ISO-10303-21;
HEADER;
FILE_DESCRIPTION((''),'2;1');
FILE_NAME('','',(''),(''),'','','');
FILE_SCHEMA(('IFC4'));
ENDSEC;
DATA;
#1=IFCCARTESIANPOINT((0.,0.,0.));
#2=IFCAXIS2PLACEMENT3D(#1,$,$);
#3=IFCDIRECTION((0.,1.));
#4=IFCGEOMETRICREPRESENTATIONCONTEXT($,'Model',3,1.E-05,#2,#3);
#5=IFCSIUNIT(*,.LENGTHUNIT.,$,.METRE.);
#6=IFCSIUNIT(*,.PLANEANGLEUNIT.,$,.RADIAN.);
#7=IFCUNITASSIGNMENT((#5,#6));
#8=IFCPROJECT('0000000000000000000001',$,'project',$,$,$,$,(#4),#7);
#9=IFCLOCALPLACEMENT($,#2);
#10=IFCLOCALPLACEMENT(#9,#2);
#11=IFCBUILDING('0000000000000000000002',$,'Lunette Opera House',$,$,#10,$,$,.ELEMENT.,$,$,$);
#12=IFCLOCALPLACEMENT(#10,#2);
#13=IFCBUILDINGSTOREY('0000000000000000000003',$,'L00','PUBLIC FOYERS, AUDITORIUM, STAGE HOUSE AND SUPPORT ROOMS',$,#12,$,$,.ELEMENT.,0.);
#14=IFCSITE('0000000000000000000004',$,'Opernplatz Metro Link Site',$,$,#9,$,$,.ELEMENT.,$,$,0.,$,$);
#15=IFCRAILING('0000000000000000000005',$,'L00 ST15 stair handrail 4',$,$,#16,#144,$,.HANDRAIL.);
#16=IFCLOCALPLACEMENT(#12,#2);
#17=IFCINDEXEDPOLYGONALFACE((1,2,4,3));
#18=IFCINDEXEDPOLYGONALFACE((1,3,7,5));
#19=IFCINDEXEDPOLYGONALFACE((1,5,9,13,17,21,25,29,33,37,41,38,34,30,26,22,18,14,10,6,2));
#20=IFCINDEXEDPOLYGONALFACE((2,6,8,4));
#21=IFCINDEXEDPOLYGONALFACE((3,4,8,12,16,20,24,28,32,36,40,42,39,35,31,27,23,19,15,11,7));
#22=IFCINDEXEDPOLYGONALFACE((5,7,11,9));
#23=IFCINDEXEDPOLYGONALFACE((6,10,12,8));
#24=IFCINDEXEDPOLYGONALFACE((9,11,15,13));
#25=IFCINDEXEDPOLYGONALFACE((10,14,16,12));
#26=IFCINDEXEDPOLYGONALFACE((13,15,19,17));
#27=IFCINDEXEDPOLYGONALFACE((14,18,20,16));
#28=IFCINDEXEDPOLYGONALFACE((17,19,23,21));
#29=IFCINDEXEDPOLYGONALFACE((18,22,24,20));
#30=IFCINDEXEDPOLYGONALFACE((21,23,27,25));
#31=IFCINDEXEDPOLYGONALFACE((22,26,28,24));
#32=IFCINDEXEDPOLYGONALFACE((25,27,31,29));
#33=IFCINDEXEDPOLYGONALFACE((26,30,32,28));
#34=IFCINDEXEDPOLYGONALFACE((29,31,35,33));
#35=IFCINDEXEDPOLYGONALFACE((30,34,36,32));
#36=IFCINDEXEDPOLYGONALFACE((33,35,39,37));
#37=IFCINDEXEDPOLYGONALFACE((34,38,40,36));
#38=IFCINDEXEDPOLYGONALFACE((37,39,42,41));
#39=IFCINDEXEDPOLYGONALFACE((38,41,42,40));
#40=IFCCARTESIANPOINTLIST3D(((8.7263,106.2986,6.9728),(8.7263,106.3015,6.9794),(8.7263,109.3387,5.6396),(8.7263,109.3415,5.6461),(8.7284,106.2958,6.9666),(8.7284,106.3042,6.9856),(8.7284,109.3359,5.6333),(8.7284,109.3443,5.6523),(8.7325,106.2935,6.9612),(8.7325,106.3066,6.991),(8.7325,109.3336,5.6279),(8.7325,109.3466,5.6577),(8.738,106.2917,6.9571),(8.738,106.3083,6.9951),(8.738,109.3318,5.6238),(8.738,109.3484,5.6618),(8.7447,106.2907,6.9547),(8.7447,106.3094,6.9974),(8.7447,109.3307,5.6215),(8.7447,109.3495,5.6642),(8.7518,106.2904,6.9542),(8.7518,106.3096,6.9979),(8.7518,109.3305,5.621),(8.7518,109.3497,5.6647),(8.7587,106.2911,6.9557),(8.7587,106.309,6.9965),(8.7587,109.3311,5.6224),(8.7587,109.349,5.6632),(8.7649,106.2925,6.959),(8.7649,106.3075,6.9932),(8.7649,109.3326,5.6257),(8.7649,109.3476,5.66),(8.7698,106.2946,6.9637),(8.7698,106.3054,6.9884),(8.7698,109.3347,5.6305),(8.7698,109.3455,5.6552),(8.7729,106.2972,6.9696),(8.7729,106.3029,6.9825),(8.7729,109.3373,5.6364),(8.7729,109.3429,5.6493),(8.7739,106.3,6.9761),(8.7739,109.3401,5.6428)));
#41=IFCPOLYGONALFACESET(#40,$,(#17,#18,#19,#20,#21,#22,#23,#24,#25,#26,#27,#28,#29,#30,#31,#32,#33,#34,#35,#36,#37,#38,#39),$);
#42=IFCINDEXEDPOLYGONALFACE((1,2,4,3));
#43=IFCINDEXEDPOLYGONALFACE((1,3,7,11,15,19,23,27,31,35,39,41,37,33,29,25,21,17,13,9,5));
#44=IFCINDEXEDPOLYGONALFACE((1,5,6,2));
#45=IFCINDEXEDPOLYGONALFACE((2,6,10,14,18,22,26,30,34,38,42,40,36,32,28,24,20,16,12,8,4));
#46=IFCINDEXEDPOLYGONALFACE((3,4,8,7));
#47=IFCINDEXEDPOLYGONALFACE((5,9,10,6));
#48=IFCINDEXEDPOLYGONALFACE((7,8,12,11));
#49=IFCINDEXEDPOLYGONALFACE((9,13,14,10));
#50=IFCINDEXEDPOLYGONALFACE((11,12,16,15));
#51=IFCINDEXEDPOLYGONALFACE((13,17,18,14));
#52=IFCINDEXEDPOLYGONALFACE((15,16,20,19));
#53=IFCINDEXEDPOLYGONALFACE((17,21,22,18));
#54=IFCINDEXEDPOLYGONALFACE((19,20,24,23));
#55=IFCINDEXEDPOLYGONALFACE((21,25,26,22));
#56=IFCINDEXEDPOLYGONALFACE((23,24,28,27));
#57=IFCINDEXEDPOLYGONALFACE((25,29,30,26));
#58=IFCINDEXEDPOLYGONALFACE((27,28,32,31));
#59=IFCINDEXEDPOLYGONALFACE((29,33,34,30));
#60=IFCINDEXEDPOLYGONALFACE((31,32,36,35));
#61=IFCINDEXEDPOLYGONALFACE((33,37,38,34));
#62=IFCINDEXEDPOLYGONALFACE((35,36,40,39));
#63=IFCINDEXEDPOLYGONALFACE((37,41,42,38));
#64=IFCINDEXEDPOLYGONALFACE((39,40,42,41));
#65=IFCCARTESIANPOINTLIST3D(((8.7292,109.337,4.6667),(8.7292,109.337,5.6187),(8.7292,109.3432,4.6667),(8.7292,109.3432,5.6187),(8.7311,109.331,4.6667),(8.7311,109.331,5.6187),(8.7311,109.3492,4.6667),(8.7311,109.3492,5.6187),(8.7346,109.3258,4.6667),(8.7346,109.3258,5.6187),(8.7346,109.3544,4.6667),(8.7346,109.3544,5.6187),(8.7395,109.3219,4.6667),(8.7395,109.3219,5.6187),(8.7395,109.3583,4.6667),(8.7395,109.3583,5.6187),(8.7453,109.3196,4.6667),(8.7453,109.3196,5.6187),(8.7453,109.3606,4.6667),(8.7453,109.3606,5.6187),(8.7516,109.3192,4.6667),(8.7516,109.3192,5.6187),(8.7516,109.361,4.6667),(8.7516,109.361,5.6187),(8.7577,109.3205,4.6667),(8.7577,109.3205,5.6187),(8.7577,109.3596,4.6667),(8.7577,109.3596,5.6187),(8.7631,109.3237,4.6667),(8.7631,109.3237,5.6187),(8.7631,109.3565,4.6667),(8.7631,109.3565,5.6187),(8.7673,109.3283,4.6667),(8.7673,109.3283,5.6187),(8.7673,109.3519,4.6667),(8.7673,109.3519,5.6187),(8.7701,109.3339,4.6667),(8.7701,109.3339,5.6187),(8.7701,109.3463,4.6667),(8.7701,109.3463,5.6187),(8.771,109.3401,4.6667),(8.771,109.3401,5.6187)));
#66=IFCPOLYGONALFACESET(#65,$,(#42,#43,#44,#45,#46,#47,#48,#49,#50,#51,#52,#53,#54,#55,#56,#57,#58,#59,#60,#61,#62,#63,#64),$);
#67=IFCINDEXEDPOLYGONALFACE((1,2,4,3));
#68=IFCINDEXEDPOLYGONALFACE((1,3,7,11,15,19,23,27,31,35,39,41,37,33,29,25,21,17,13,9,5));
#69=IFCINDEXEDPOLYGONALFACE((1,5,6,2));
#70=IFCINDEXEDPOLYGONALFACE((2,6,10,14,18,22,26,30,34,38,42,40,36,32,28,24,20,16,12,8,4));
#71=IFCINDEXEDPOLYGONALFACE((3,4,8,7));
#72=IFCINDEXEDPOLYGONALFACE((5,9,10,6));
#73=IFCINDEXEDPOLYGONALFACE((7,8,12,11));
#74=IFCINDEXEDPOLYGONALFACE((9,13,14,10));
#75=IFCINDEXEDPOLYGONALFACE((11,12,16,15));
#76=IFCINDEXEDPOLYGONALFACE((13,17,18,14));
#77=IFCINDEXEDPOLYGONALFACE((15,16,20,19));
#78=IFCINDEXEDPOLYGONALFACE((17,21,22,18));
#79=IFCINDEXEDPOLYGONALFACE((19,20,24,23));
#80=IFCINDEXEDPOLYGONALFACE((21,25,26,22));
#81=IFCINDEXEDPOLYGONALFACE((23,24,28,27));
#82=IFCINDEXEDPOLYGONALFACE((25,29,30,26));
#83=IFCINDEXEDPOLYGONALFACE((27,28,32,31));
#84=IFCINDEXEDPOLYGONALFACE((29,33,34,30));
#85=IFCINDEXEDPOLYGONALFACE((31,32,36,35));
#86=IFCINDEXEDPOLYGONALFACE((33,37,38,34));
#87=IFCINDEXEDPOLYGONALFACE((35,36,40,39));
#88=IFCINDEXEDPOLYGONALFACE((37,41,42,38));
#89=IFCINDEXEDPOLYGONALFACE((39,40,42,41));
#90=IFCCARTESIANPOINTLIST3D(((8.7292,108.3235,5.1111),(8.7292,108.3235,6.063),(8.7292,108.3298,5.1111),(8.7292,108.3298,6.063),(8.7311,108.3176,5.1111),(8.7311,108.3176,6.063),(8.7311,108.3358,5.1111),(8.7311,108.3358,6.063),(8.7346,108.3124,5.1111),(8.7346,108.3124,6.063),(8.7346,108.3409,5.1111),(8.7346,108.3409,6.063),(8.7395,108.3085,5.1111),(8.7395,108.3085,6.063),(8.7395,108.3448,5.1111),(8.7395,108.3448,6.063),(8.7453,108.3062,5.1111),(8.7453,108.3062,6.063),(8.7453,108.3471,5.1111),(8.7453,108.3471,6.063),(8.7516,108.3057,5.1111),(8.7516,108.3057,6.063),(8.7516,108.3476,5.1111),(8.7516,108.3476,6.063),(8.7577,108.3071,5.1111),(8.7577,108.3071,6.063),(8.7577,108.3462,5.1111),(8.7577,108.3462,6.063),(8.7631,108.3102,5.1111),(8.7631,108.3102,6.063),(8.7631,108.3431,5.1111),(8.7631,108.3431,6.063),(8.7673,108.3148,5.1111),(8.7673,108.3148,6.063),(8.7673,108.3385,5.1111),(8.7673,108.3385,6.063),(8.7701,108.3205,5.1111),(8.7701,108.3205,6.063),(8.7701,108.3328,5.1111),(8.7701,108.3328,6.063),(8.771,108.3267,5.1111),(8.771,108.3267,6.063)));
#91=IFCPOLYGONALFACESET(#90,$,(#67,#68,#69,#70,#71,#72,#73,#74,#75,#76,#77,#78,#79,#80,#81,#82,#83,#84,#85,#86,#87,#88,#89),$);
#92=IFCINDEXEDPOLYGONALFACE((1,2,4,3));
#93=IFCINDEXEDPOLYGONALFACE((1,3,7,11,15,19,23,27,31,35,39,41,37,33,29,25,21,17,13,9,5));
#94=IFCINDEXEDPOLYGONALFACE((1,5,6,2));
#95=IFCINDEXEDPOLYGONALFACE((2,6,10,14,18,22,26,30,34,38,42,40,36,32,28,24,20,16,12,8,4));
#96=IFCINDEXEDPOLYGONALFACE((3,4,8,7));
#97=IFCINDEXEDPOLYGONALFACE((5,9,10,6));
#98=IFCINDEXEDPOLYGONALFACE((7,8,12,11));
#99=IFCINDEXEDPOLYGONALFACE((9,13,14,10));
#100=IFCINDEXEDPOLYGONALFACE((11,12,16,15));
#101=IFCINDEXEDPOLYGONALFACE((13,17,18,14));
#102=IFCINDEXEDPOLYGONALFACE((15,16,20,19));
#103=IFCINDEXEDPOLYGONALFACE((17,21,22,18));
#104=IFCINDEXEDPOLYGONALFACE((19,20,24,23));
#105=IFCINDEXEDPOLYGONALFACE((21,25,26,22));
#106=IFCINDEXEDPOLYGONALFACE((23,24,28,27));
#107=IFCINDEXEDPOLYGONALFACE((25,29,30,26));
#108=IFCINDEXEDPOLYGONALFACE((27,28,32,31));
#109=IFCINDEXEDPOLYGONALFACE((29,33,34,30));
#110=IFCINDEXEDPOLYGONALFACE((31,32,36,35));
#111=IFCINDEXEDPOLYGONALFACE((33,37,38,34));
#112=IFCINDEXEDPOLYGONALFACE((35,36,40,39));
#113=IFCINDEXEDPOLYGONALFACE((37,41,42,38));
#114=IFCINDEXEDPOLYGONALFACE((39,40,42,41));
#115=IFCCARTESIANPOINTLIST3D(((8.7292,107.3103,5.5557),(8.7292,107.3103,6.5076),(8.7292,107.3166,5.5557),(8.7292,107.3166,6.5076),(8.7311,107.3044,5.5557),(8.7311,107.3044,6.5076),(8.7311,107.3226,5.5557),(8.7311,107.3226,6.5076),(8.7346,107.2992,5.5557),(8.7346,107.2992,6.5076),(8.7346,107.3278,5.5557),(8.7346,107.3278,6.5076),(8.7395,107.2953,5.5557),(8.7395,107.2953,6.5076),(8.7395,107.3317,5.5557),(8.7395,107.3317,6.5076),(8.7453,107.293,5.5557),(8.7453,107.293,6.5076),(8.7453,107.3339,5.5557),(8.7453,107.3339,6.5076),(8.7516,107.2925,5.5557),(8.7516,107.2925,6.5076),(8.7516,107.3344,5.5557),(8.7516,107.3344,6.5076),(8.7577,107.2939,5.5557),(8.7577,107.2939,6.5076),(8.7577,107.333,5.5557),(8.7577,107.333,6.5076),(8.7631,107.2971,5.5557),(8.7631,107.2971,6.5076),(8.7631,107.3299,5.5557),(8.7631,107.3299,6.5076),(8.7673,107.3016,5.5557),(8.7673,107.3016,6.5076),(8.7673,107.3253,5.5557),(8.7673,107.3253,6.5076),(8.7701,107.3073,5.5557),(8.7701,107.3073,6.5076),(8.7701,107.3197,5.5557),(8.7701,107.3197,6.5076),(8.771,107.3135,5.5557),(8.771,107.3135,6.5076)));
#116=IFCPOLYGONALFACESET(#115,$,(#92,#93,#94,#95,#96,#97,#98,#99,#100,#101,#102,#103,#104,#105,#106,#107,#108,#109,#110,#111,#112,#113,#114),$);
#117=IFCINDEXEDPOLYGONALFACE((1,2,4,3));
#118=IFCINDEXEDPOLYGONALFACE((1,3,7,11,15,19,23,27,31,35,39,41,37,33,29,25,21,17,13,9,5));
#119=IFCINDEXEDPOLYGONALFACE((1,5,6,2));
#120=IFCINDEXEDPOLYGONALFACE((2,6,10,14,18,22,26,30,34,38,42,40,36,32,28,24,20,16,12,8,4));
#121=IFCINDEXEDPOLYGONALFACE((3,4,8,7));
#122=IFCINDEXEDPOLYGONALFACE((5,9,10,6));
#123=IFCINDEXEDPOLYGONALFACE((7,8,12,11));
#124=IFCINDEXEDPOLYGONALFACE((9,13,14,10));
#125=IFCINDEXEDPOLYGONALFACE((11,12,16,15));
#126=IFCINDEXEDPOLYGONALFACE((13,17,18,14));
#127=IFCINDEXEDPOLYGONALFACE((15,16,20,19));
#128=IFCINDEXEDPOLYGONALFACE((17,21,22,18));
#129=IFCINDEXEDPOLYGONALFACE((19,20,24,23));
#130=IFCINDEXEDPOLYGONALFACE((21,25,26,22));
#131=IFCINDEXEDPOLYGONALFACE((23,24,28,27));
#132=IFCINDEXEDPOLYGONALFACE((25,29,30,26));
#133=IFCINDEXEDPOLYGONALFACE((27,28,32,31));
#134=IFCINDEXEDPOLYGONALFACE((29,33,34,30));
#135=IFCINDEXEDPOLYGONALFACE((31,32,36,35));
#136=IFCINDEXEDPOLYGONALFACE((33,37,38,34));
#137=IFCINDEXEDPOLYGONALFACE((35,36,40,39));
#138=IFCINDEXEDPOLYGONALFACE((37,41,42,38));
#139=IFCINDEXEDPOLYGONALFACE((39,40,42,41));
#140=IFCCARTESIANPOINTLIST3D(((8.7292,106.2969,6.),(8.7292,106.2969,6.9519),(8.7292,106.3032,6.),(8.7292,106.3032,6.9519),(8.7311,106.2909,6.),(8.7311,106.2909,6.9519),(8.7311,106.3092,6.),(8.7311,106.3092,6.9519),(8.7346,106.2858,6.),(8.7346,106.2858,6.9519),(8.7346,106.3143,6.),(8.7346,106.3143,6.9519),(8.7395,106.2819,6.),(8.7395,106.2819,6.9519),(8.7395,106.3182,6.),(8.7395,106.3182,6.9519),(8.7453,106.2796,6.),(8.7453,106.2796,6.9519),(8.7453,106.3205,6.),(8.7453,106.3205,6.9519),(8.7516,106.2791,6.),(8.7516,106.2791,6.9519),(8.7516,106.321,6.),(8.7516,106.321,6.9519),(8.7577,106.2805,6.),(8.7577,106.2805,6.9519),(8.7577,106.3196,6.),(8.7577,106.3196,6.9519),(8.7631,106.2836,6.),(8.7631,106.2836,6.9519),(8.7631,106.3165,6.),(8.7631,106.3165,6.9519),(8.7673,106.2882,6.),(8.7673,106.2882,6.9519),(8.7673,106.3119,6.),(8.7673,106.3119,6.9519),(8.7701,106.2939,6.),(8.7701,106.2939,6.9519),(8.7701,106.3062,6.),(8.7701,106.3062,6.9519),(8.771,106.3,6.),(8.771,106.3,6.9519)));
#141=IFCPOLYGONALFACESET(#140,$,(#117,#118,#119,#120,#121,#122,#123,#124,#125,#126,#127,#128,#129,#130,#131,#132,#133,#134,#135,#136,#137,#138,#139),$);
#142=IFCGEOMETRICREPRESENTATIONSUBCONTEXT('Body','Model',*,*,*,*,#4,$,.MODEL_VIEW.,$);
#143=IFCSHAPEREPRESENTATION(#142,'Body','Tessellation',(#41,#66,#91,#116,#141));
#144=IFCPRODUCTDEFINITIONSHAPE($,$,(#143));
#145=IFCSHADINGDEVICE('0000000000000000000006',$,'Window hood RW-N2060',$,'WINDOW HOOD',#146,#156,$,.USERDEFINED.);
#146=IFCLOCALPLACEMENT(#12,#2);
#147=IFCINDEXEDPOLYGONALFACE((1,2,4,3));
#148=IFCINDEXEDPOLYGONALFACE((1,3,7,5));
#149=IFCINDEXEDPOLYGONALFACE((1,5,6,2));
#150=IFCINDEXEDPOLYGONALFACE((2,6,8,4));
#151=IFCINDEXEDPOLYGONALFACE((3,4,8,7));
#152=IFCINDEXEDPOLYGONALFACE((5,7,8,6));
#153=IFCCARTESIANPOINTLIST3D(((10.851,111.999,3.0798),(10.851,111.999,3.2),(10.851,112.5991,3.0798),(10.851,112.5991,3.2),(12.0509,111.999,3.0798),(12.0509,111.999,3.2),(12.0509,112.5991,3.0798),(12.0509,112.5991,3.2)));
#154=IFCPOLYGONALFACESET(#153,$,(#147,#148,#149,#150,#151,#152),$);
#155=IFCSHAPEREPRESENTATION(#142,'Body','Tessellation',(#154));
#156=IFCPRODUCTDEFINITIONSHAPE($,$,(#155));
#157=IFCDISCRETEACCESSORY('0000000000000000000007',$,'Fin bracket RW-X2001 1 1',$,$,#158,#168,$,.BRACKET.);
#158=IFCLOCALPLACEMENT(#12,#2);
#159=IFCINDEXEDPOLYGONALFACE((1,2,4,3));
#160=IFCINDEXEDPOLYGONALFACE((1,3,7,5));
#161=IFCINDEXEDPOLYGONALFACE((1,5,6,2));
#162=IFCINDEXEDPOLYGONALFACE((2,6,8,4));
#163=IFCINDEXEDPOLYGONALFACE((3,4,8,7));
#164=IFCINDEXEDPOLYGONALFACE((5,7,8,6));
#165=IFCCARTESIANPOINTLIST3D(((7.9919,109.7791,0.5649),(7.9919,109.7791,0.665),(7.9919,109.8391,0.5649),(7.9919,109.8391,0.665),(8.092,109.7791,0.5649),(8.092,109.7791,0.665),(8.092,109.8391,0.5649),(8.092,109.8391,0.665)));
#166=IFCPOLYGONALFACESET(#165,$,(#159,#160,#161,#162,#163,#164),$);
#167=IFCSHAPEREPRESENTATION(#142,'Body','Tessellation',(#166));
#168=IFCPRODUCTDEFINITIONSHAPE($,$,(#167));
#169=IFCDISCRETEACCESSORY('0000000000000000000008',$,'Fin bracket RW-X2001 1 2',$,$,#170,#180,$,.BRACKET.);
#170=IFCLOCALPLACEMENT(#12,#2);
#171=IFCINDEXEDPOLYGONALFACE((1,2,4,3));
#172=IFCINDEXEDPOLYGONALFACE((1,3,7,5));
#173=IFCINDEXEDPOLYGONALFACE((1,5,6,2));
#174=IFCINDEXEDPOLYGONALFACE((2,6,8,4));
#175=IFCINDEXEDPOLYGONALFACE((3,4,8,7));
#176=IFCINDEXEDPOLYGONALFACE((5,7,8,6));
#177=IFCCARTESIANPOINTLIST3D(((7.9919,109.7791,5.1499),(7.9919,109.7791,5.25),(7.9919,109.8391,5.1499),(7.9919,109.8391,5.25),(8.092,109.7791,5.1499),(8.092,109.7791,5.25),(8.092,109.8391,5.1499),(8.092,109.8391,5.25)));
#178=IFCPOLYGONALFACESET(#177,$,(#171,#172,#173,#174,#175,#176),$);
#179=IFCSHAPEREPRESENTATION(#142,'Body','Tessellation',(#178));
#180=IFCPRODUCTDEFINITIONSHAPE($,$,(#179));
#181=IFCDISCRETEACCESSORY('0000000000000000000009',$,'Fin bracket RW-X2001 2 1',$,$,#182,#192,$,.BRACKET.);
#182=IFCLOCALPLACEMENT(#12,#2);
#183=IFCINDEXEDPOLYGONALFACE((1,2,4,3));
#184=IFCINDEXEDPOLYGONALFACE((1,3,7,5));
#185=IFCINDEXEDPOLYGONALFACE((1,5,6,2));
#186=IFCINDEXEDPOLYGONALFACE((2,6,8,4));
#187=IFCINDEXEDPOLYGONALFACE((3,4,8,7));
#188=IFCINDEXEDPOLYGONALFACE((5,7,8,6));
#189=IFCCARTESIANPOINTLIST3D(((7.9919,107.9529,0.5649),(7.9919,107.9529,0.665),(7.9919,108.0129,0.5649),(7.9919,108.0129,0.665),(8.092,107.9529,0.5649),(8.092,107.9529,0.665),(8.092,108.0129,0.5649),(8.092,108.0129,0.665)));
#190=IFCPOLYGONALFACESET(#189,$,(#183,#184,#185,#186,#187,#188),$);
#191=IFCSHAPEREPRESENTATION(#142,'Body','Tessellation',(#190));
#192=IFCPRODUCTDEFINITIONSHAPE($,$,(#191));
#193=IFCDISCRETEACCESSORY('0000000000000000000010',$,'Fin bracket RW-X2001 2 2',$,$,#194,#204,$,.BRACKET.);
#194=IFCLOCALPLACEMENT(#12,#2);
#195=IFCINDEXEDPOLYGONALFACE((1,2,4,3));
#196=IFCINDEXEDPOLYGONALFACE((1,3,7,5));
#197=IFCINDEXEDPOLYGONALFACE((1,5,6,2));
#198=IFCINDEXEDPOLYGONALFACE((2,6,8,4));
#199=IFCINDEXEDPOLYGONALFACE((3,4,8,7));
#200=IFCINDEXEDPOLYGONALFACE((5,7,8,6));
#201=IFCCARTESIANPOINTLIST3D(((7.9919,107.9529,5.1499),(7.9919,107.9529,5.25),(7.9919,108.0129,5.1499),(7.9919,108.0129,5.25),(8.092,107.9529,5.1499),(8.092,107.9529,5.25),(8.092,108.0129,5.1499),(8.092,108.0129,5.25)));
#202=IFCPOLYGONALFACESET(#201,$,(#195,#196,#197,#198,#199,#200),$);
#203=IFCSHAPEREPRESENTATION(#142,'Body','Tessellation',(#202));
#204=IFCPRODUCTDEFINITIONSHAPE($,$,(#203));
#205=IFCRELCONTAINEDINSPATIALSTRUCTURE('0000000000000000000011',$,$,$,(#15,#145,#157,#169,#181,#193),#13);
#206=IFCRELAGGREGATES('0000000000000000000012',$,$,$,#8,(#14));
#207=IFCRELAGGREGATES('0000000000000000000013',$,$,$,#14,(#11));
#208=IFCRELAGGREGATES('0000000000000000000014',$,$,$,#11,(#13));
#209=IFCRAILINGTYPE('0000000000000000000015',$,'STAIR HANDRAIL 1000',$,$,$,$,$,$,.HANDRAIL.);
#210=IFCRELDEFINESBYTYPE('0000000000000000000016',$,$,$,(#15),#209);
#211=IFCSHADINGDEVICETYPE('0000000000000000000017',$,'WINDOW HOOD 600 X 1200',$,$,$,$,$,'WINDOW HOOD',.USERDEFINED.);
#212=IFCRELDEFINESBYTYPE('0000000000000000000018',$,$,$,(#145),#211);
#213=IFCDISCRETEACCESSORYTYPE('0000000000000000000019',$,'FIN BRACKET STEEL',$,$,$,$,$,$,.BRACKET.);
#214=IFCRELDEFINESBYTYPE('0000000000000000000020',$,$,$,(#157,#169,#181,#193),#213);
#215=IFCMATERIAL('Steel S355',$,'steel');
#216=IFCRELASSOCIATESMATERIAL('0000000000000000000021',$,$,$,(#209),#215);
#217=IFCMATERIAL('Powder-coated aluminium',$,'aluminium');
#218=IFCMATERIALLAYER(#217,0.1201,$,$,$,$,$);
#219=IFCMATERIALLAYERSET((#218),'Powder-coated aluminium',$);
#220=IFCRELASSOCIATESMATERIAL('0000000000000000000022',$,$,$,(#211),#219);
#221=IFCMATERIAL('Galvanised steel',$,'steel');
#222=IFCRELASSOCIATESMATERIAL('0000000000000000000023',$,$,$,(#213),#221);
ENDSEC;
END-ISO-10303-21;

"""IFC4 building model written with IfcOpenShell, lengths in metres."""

from ifc_helpers import new_model, si_unit, direction, frame, origin, origin_2d, place, context, subcontext, project, spatial, rectangle, circle, extrude, material, layer, layer_set, type_object, element, save


model = new_model("IFC4")

# Units and contexts
model_context = context("Model", 3, precision=1e-05, world=origin(), true_north=direction((0.0, 1.0)))
body_context = subcontext(model_context, "Body", "Model", "MODEL_VIEW")
ifc_project = project(units=[si_unit("LENGTHUNIT", "METRE"), si_unit("PLANEANGLEUNIT", "RADIAN")], contexts=[model_context])

# Site, building, storey
site_placement = place(None, origin())
site = spatial("IfcSite", under=ifc_project, at=site_placement, Name="Opernplatz Metro Link Site", CompositionType="ELEMENT", RefElevation=0.0)
building_placement = place(site_placement, origin())
building = spatial("IfcBuilding", under=site, at=building_placement, Name="Lunette Opera House", CompositionType="ELEMENT")
storey_placement = place(building_placement, origin())
storey = spatial("IfcBuildingStorey", under=building, at=storey_placement, Name="L00", Description="PUBLIC FOYERS, AUDITORIUM, STAGE HOUSE AND SUPPORT ROOMS", CompositionType="ELEMENT", Elevation=0.0)

# Railing
ifc_material_1 = material(Name="Steel S355", Category="steel")
railing_type_1 = type_object("IfcRailingType", Name="STAIR HANDRAIL 1000", PredefinedType="HANDRAIL", material=ifc_material_1)
for number, where, name in (
    (1, (8.75, 109.3401, 4.6667), "L00 ST15 stair handrail 4"),
):
    element("IfcRailing", number, at=place(storey_placement, frame(where)), inside=storey, type_object=railing_type_1, Name=name, PredefinedType="HANDRAIL", context=body_context, shape_type="SweptSolid", body=[
        extrude(circle(Radius=0.0239, at=origin_2d()), frame((0.0, 0.0, 0.9761), z_axis=(0.0, -0.915799, 0.401637), x_axis=(1.0, 0.0, 0.0)), (0.0, 0.0, 1.0), 3.3196),
        extrude(circle(Radius=0.021, at=origin_2d()), origin(), (0.0, 0.0, 1.0), 0.9519),
        extrude(circle(Radius=0.021, at=origin_2d()), frame((0.0, -1.0134, 0.4443)), (0.0, 0.0, 1.0), 0.9519),
        extrude(circle(Radius=0.021, at=origin_2d()), frame((0.0, -2.0266, 0.8889)), (0.0, 0.0, 1.0), 0.9519),
        extrude(circle(Radius=0.021, at=origin_2d()), frame((0.0, -3.04, 1.3333)), (0.0, 0.0, 1.0), 0.9519),
    ])

# Shading device
ifc_material_2 = material(Name="Powder-coated aluminium", Category="aluminium")
ifc_layer_1 = layer(ifc_material_2, 0.1201)
ifc_layer_set_1 = layer_set([ifc_layer_1], Name="Powder-coated aluminium")
shading_device_type_1 = type_object("IfcShadingDeviceType", Name="WINDOW HOOD 600 X 1200", ElementType="WINDOW HOOD", PredefinedType="USERDEFINED", material=ifc_layer_set_1)
shading_device_placement = place(storey_placement, frame((11.4509, 112.2991, 3.0798), z_axis=(0.0, 0.0, 1.0), x_axis=(0.0, 1.0, 0.0)))
element("IfcShadingDevice", 2, at=shading_device_placement, inside=storey, type_object=shading_device_type_1, Name="Window hood RW-N2060", ObjectType="WINDOW HOOD", PredefinedType="USERDEFINED", context=body_context, shape_type="SweptSolid", body=[
    extrude(rectangle(XDim=0.6001, YDim=1.2, at=origin_2d()), origin(), (0.0, 0.0, 1.0), 0.1201),
])

# Discrete accessories
ifc_material_3 = material(Name="Galvanised steel", Category="steel")
discrete_accessory_type = type_object("IfcDiscreteAccessoryType", Name="FIN BRACKET STEEL", PredefinedType="BRACKET", material=ifc_material_3)
for number, where, z_axis, x_axis, name in (
    (3, (8.042, 109.8091, 0.5649), (0.0, 0.0, 1.0), (-1.0, 0.0, 0.0), "Fin bracket RW-X2001 1 1"),
    (4, (8.042, 109.8091, 5.1499), (0.0, 0.0, 1.0), (-1.0, 0.0, 0.0), "Fin bracket RW-X2001 1 2"),
    (5, (8.042, 107.9829, 0.5649), (0.0, 0.0, 1.0), (-1.0, 0.0, 0.0), "Fin bracket RW-X2001 2 1"),
    (6, (8.042, 107.9829, 5.1499), (0.0, 0.0, 1.0), (-1.0, 0.0, 0.0), "Fin bracket RW-X2001 2 2"),
):
    element("IfcDiscreteAccessory", number, at=place(storey_placement, frame(where, z_axis=z_axis, x_axis=x_axis)), inside=storey, type_object=discrete_accessory_type, Name=name, PredefinedType="BRACKET", context=body_context, shape_type="SweptSolid", body=[
        extrude(rectangle(XDim=0.1001, YDim=0.0601, at=origin_2d()), origin(), (0.0, 0.0, 1.0), 0.1001),
    ])

save(model, "model.ifc")
